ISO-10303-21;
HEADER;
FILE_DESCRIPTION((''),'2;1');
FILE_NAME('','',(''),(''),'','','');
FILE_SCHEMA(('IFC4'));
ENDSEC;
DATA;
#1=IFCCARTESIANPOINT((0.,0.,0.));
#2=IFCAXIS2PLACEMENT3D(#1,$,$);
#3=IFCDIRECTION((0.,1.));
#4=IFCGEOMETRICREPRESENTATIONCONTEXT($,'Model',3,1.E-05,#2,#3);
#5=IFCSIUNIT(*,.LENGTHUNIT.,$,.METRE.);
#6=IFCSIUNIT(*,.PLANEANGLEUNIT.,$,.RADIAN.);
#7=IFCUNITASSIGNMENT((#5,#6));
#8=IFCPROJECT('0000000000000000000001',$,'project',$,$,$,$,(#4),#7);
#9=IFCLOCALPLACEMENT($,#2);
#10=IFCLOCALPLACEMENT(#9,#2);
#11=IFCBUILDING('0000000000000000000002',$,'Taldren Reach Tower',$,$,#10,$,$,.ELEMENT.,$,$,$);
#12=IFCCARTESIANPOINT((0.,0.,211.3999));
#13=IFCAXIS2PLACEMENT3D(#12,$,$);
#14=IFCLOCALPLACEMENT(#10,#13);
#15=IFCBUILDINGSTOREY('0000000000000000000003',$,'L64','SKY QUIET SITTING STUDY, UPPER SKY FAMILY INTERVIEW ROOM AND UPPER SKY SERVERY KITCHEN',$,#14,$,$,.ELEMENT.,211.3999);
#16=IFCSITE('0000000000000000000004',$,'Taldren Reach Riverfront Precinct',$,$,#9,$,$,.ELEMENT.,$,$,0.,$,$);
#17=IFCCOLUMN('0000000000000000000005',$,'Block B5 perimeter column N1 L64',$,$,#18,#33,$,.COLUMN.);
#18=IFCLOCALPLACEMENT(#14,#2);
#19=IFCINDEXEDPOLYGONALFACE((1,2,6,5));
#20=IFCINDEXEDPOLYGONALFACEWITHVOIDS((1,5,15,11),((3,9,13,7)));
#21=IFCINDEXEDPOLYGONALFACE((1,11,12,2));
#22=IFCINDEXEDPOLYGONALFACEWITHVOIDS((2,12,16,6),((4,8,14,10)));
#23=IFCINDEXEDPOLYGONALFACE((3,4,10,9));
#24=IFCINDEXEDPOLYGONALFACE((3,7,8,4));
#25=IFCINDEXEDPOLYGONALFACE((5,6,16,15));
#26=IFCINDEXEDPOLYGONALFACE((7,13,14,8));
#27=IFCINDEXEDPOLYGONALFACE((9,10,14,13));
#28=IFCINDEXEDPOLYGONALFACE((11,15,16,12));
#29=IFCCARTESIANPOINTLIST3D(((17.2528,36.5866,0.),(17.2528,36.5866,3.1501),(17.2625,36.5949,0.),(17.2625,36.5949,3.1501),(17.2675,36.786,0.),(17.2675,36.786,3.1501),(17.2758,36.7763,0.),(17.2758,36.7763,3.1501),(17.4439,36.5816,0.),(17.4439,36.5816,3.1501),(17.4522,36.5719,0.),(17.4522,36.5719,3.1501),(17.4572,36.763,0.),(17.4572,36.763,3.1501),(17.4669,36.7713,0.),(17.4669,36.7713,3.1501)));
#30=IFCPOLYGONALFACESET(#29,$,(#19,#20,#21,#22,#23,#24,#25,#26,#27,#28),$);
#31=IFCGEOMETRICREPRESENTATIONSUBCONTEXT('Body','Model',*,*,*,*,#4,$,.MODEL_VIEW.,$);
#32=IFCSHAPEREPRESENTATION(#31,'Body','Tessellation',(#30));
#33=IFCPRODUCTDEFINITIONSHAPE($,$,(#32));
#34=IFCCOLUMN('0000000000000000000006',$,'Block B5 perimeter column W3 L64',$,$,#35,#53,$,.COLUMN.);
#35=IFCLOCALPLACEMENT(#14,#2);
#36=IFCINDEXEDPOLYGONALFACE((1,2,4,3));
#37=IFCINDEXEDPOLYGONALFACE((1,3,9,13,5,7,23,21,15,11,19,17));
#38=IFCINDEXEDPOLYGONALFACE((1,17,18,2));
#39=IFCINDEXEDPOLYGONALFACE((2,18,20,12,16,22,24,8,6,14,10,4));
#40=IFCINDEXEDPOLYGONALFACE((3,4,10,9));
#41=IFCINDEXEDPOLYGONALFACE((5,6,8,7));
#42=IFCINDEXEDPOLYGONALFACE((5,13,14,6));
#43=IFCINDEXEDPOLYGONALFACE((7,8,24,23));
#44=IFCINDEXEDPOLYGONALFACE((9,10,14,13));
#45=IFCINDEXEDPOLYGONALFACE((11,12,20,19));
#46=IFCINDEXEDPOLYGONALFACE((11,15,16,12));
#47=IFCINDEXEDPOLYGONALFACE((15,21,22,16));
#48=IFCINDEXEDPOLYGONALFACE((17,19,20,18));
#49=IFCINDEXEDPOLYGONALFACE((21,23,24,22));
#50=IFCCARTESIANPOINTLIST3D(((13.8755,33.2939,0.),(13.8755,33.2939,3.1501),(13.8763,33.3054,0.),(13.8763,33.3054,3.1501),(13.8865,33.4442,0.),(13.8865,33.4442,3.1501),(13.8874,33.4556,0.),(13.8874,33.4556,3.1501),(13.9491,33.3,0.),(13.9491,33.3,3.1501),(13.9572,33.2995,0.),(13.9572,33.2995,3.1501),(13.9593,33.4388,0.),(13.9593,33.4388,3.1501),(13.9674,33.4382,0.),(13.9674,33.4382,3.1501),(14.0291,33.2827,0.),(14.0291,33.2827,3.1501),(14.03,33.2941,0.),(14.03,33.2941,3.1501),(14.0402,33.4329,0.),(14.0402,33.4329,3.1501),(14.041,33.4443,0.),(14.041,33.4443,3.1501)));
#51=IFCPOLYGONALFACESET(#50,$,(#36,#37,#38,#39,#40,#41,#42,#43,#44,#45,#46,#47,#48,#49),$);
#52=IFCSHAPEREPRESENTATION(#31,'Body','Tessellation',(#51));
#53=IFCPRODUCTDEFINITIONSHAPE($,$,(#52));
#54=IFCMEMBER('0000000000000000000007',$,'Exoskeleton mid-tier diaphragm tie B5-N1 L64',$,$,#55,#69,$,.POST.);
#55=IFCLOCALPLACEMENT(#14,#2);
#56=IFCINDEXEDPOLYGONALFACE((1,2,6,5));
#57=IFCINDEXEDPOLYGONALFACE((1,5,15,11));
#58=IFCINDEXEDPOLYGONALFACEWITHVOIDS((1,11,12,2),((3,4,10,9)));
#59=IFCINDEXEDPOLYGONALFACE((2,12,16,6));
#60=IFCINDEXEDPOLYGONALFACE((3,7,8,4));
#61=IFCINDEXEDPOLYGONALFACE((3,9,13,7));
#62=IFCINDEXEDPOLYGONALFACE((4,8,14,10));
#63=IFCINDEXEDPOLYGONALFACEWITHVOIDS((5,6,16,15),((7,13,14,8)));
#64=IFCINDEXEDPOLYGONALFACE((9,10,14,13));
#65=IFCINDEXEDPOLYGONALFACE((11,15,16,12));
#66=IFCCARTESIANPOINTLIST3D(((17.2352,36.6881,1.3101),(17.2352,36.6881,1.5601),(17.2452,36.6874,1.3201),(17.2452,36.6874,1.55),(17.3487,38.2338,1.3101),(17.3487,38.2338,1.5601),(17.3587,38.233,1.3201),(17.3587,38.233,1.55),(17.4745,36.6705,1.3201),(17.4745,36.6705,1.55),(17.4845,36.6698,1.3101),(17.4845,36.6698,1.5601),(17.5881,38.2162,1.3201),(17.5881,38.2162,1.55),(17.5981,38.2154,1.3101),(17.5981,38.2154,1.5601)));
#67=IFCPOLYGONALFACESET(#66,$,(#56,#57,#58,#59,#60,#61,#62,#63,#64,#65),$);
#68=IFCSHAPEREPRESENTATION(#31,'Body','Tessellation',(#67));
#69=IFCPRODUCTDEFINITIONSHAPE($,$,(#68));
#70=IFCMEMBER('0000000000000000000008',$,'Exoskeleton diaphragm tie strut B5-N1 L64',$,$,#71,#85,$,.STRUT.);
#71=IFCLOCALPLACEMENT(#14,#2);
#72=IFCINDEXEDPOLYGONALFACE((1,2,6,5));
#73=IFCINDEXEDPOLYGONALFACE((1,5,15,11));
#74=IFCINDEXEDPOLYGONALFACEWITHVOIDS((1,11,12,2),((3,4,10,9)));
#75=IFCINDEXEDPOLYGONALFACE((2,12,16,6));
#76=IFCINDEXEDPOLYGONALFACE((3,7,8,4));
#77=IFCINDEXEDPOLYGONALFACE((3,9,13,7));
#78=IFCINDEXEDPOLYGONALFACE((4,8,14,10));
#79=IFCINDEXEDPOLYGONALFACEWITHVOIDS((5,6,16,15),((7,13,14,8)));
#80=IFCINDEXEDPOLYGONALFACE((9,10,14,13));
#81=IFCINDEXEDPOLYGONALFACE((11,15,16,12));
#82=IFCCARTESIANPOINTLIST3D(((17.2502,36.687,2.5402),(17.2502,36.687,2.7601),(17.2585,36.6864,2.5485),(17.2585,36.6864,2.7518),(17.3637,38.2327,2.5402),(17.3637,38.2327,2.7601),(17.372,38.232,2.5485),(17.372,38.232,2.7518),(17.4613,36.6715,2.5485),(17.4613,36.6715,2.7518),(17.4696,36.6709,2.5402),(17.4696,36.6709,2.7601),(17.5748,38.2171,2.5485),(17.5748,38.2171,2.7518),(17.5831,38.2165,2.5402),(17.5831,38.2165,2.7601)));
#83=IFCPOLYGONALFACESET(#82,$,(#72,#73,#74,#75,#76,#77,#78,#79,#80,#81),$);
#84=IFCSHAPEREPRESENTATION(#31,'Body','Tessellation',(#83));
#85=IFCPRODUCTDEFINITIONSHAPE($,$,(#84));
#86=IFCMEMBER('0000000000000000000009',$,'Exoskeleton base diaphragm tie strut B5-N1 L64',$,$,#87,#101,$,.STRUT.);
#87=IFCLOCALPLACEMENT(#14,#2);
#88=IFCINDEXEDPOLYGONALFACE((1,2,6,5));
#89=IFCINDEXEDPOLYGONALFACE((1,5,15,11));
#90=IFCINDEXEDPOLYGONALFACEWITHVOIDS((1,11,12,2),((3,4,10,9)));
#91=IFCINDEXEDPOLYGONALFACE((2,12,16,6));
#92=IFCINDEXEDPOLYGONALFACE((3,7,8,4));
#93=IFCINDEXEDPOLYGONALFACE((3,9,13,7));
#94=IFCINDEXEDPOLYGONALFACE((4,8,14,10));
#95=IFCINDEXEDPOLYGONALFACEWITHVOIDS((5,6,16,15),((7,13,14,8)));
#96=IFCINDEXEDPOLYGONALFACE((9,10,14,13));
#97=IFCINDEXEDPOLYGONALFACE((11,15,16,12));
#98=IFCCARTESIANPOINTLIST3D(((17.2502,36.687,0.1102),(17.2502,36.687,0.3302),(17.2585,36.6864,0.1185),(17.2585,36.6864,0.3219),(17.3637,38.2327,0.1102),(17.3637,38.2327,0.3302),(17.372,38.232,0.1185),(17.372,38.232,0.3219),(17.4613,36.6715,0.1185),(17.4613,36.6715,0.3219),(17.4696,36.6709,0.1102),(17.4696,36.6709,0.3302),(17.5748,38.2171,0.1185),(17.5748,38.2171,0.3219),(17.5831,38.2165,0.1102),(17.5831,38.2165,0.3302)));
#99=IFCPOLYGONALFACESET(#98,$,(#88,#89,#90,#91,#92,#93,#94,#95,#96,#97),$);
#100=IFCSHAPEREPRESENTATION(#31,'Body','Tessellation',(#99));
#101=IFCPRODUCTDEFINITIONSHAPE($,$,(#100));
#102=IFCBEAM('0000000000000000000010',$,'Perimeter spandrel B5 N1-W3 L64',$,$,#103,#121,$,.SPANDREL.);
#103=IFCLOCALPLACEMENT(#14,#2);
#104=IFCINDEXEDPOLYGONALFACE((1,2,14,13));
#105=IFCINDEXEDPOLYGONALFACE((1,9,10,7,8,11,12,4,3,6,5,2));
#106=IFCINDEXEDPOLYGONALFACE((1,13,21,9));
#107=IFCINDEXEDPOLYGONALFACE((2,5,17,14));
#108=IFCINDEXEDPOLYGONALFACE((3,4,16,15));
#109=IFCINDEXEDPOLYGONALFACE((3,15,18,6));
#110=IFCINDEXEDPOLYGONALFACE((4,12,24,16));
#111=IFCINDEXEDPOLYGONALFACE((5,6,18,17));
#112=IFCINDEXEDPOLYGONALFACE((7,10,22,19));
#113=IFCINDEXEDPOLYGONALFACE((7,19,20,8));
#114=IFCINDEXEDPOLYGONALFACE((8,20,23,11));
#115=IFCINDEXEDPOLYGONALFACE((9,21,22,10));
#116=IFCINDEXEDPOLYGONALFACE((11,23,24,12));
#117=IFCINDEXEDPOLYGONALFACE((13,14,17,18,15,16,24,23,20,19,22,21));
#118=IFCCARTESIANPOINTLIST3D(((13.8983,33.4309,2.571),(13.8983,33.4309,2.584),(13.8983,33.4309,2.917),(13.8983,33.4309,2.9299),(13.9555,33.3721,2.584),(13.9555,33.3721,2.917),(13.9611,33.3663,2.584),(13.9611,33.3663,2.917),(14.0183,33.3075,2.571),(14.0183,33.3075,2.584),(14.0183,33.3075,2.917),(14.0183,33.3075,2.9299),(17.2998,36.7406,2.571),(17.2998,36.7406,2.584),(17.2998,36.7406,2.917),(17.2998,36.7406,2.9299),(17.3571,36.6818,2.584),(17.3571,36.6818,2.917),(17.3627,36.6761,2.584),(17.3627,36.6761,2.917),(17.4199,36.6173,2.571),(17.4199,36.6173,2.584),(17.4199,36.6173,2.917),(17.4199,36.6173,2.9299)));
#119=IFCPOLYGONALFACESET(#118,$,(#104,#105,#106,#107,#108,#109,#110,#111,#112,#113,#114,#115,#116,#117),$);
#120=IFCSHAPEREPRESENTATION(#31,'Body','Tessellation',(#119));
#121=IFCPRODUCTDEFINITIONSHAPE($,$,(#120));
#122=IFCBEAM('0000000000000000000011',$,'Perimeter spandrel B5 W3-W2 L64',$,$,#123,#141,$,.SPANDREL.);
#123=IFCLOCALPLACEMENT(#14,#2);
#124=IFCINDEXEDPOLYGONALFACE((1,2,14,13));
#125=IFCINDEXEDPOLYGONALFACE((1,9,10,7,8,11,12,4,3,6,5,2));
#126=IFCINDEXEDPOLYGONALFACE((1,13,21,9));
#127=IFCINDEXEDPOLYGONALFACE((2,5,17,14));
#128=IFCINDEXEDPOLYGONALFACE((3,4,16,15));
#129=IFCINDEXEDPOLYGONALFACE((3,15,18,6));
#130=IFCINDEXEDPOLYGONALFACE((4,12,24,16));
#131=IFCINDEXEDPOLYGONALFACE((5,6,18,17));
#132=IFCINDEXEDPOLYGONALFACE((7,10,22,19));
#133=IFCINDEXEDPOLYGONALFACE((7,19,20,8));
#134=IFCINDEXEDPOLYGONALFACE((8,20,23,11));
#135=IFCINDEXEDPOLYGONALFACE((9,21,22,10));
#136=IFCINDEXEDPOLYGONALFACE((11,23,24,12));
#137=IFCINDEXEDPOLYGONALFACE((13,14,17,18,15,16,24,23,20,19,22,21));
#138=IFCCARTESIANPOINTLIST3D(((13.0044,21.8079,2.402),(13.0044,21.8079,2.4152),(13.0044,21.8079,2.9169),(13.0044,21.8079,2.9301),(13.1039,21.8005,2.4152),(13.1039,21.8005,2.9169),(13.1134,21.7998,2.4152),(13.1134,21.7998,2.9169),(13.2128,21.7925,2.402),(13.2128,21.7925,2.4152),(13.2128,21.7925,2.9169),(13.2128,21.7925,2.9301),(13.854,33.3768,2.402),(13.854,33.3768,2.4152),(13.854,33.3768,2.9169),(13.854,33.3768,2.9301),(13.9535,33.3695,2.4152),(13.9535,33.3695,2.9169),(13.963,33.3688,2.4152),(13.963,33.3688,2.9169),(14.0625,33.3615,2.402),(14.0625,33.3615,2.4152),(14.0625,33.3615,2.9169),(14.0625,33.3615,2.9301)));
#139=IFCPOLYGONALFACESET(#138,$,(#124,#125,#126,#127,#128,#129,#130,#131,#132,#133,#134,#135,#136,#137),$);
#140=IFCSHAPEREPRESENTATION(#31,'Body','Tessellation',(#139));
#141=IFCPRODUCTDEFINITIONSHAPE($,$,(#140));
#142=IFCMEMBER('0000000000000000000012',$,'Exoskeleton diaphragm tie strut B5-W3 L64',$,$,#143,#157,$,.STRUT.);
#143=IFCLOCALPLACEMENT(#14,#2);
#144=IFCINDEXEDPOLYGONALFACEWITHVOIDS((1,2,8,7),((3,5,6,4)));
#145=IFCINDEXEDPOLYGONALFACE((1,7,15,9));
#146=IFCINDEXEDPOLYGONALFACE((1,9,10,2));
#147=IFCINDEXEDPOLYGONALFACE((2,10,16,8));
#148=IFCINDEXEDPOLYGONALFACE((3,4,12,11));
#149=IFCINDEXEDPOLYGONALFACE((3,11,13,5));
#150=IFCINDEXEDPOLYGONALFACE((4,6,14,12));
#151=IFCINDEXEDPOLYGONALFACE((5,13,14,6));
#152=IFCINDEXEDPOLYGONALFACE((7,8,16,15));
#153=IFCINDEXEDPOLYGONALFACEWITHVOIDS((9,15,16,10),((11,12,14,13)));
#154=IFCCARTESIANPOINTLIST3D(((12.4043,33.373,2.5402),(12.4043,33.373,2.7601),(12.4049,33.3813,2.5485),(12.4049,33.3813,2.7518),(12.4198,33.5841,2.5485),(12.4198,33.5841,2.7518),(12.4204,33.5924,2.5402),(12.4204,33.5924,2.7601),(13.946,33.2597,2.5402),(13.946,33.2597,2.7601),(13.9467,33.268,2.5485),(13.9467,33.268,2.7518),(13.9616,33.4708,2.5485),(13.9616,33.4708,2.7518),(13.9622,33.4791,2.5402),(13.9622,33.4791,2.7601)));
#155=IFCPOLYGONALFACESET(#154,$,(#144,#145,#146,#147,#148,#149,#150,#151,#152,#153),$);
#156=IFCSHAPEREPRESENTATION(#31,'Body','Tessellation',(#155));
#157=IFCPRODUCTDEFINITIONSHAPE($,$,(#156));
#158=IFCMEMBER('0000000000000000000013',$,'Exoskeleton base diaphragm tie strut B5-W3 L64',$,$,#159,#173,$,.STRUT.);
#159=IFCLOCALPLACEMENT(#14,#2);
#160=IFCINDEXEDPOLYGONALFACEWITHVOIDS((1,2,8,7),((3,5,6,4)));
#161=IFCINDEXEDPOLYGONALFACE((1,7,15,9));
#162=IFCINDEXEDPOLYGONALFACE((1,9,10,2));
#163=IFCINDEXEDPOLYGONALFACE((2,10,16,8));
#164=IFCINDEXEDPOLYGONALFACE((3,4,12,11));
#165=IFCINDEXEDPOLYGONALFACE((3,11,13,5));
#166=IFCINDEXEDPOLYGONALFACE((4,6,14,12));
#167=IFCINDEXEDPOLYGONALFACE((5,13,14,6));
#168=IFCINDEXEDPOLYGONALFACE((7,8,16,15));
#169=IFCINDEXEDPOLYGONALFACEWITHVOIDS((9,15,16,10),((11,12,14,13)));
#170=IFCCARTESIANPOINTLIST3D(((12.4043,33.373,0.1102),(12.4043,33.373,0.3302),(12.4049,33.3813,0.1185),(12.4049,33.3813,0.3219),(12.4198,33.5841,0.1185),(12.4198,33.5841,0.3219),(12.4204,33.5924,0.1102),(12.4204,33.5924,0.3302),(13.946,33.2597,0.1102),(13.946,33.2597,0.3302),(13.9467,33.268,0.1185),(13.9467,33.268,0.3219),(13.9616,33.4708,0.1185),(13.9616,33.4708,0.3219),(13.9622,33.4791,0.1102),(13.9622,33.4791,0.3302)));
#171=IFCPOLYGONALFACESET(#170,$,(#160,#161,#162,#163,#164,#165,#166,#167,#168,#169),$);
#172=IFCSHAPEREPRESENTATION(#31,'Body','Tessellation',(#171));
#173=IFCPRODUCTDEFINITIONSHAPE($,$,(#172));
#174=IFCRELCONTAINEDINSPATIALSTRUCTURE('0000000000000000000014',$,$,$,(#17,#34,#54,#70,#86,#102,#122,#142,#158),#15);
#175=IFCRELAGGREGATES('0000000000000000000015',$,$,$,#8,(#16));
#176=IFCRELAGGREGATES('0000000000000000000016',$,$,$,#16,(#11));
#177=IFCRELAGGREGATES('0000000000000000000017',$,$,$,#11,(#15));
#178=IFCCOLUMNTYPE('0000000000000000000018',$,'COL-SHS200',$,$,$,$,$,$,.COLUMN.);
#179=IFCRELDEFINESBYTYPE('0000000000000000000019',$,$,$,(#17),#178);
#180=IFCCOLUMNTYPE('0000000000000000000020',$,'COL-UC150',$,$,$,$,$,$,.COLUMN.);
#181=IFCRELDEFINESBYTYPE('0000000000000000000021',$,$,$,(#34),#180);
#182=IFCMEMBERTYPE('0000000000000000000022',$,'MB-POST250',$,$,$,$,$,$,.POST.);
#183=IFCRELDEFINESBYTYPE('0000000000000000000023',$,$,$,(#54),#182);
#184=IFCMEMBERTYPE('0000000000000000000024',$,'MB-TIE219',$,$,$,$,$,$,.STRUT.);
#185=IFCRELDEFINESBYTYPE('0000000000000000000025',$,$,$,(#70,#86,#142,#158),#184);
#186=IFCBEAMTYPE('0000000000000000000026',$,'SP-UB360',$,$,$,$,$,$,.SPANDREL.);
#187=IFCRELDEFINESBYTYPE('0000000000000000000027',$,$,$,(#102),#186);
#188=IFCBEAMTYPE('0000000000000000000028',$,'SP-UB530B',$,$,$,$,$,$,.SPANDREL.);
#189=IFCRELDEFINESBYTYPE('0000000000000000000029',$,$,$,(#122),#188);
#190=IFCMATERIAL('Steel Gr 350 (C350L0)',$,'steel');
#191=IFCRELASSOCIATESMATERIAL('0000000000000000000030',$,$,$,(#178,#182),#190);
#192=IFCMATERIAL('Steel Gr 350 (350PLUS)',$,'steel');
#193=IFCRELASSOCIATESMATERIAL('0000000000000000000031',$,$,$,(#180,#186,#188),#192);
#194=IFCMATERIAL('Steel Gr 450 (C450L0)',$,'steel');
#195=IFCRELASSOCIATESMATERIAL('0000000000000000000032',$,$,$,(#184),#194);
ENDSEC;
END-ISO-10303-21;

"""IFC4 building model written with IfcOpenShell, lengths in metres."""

from ifc_helpers import new_model, si_unit, direction, frame, origin, origin_2d, place, context, subcontext, project, spatial, hollow_rectangle, i_section, extrude, source, transform, mapped, material, material_profile, profile_set, type_object, element, save


model = new_model("IFC4")

# Units and contexts
model_context = context("Model", 3, precision=1e-05, world=origin(), true_north=direction((0.0, 1.0)))
body_context = subcontext(model_context, "Body", "Model", "MODEL_VIEW")
ifc_project = project(units=[si_unit("LENGTHUNIT", "METRE"), si_unit("PLANEANGLEUNIT", "RADIAN")], contexts=[model_context])

# Site, building, storey
site_placement = place(None, origin())
site = spatial("IfcSite", under=ifc_project, at=site_placement, Name="Taldren Reach Riverfront Precinct", CompositionType="ELEMENT", RefElevation=0.0)
building_placement = place(site_placement, origin())
building = spatial("IfcBuilding", under=site, at=building_placement, Name="Taldren Reach Tower", CompositionType="ELEMENT")
storey_placement = place(building_placement, frame((0.0, 0.0, 211.3999)))
storey = spatial("IfcBuildingStorey", under=building, at=storey_placement, Name="L64", Description="SKY QUIET SITTING STUDY, UPPER SKY FAMILY INTERVIEW ROOM AND UPPER SKY SERVERY KITCHEN", CompositionType="ELEMENT", Elevation=211.3999)

# Columns
ifc_material_1 = material(Name="Steel Gr 350 (C350L0)", Category="steel")
ifc_material_profile_1 = material_profile(ifc_material_1, hollow_rectangle(XDim=0.2, YDim=0.2, WallThickness=0.009, at=origin_2d()), Name="200x200x9.0SHS")
ifc_profile_set_1 = profile_set([ifc_material_profile_1], Name="Steel Gr 350 (C350L0)")
column_type_1 = type_object("IfcColumnType", Name="COL-SHS200", PredefinedType="COLUMN", material=ifc_profile_set_1)
shared_shape_1 = source(origin(), body_context, "Body", "SweptSolid", [
    extrude(hollow_rectangle(XDim=0.2, YDim=0.2, WallThickness=0.009, at=origin_2d()), origin(), (0.0, 0.0, 1.0), 3.1501),
])
column_1_placement = place(storey_placement, frame((17.3599, 36.679, 0.0), z_axis=(0.0, 0.0, 1.0), x_axis=(0.997314, -0.073238, 0.0)))
element("IfcColumn", 1, at=column_1_placement, inside=storey, type_object=column_type_1, Name="Block B5 perimeter column N1 L64", PredefinedType="COLUMN", context=body_context, shape_type="MappedRepresentation", body=[
    mapped(shared_shape_1, transform((0.0, 0.0, 0.0), scale=1.0)),
])
ifc_material_2 = material(Name="Steel Gr 350 (350PLUS)", Category="steel")
ifc_material_profile_2 = material_profile(ifc_material_2, i_section(OverallWidth=0.1541, OverallDepth=0.1621, WebThickness=0.0081, FlangeThickness=0.0115, at=origin_2d()), Name="150UC37.2")
ifc_profile_set_2 = profile_set([ifc_material_profile_2], Name="Steel Gr 350 (350PLUS)")
column_type_2 = type_object("IfcColumnType", Name="COL-UC150", PredefinedType="COLUMN", material=ifc_profile_set_2)
shared_shape_2 = source(origin(), body_context, "Body", "SweptSolid", [
    extrude(i_section(OverallWidth=0.1541, OverallDepth=0.1621, WebThickness=0.0081, FlangeThickness=0.0115, at=origin_2d()), origin(), (0.0, 0.0, 1.0), 3.1501),
])
column_2_placement = place(storey_placement, frame((13.9583, 33.3691, 0.0), z_axis=(0.0, 0.0, 1.0), x_axis=(0.997314, -0.073238, 0.0)))
element("IfcColumn", 2, at=column_2_placement, inside=storey, type_object=column_type_2, Name="Block B5 perimeter column W3 L64", PredefinedType="COLUMN", context=body_context, shape_type="MappedRepresentation", body=[
    mapped(shared_shape_2, transform((0.0, 0.0, 0.0), scale=1.0)),
])

# Members
ifc_material_profile_3 = material_profile(ifc_material_1, hollow_rectangle(XDim=0.25, YDim=0.25, WallThickness=0.01, at=origin_2d()), Name="250x250x10.0SHS")
ifc_profile_set_3 = profile_set([ifc_material_profile_3], Name="Steel Gr 350 (C350L0)")
member_type_1 = type_object("IfcMemberType", Name="MB-POST250", PredefinedType="POST", material=ifc_profile_set_3)
shared_shape_3 = source(origin(), body_context, "Body", "SweptSolid", [
    extrude(hollow_rectangle(XDim=0.25, YDim=0.25, WallThickness=0.01, at=origin_2d()), origin(), (0.0, 0.0, 1.0), 1.5498),
])
member_1_placement = place(storey_placement, frame((17.3599, 36.679, 1.4351), z_axis=(0.073251, 0.997314, 0.0), x_axis=(-0.997314, 0.073251, 0.0)))
element("IfcMember", 3, at=member_1_placement, inside=storey, type_object=member_type_1, Name="Exoskeleton mid-tier diaphragm tie B5-N1 L64", PredefinedType="POST", context=body_context, shape_type="MappedRepresentation", body=[
    mapped(shared_shape_3, transform((0.0, 0.0, 0.0), scale=1.0)),
])
ifc_material_3 = material(Name="Steel Gr 450 (C450L0)", Category="steel")
ifc_material_profile_4 = material_profile(ifc_material_3, hollow_rectangle(XDim=0.22, YDim=0.22, WallThickness=0.0083, at=origin_2d()), Name="220x220x8.2SHS")
ifc_profile_set_4 = profile_set([ifc_material_profile_4], Name="Steel Gr 450 (C450L0)")
member_type_2 = type_object("IfcMemberType", Name="MB-TIE219", PredefinedType="STRUT", material=ifc_profile_set_4)
shared_shape_4 = source(origin(), body_context, "Body", "SweptSolid", [
    extrude(hollow_rectangle(XDim=0.22, YDim=0.22, WallThickness=0.0083, at=origin_2d()), origin(), (0.0, 0.0, 1.0), 1.5498),
])
for number, where, z_axis, x_axis, name in (
    (4, (17.3599, 36.679, 2.6501), (0.073251, 0.997314, 0.0), (-0.997314, 0.073251, 0.0), "Exoskeleton diaphragm tie strut B5-N1 L64"),
    (5, (17.3599, 36.679, 0.2202), (0.073251, 0.997314, 0.0), (-0.997314, 0.073251, 0.0), "Exoskeleton base diaphragm tie strut B5-N1 L64"),
):
    element("IfcMember", number, at=place(storey_placement, frame(where, z_axis=z_axis, x_axis=x_axis)), inside=storey, type_object=member_type_2, Name=name, PredefinedType="STRUT", context=body_context, shape_type="MappedRepresentation", body=[
        mapped(shared_shape_4, transform((0.0, 0.0, 0.0), scale=1.0)),
    ])

# Beams
ifc_material_profile_5 = material_profile(ifc_material_2, i_section(OverallWidth=0.1721, OverallDepth=0.3589, WebThickness=0.0081, FlangeThickness=0.0129, at=origin_2d()), Name="360UB56.7")
ifc_profile_set_5 = profile_set([ifc_material_profile_5], Name="Steel Gr 350 (350PLUS)")
beam_type_1 = type_object("IfcBeamType", Name="SP-UB360", PredefinedType="SPANDREL", material=ifc_profile_set_5)
shared_shape_5 = source(origin(), body_context, "Body", "SweptSolid", [
    extrude(i_section(OverallWidth=0.1721, OverallDepth=0.3589, WebThickness=0.0081, FlangeThickness=0.0129, at=origin_2d()), origin(), (0.0, 0.0, 1.0), 4.7461),
])
beam_1_placement = place(storey_placement, frame((17.3599, 36.679, 2.7505), z_axis=(-0.716711, -0.69737, 0.0), x_axis=(0.69737, -0.716711, 0.0)))
element("IfcBeam", 6, at=beam_1_placement, inside=storey, type_object=beam_type_1, Name="Perimeter spandrel B5 N1-W3 L64", PredefinedType="SPANDREL", context=body_context, shape_type="MappedRepresentation", body=[
    mapped(shared_shape_5, transform((0.0, 0.0, 0.0), scale=1.0)),
])
ifc_material_profile_6 = material_profile(ifc_material_2, i_section(OverallWidth=0.209, OverallDepth=0.5281, WebThickness=0.0095, FlangeThickness=0.0132, at=origin_2d()), Name="530UB82.0")
ifc_profile_set_6 = profile_set([ifc_material_profile_6], Name="Steel Gr 350 (350PLUS)")
beam_type_2 = type_object("IfcBeamType", Name="SP-UB530B", PredefinedType="SPANDREL", material=ifc_profile_set_6)
shared_shape_6 = source(origin(), body_context, "Body", "SweptSolid", [
    extrude(i_section(OverallWidth=0.209, OverallDepth=0.5281, WebThickness=0.0095, FlangeThickness=0.0132, at=origin_2d()), origin(), (0.0, 0.0, 1.0), 11.6001),
])
beam_2_placement = place(storey_placement, frame((13.9583, 33.3691, 2.666), z_axis=(-0.073242, -0.997314, 0.0), x_axis=(0.997314, -0.073242, 0.0)))
element("IfcBeam", 7, at=beam_2_placement, inside=storey, type_object=beam_type_2, Name="Perimeter spandrel B5 W3-W2 L64", PredefinedType="SPANDREL", context=body_context, shape_type="MappedRepresentation", body=[
    mapped(shared_shape_6, transform((0.0, 0.0, 0.0), scale=1.0)),
])

# Members
shared_shape_7 = source(origin(), body_context, "Body", "SweptSolid", [
    extrude(hollow_rectangle(XDim=0.22, YDim=0.22, WallThickness=0.0083, at=origin_2d()), origin(), (0.0, 0.0, 1.0), 1.5459),
])
for number, where, z_axis, x_axis, name in (
    (8, (13.9541, 33.3694, 2.6501), (-0.997312, 0.073278, 0.0), (-0.073278, -0.997312, 0.0), "Exoskeleton diaphragm tie strut B5-W3 L64"),
    (9, (13.9541, 33.3694, 0.2202), (-0.997312, 0.073278, 0.0), (-0.073278, -0.997312, 0.0), "Exoskeleton base diaphragm tie strut B5-W3 L64"),
):
    element("IfcMember", number, at=place(storey_placement, frame(where, z_axis=z_axis, x_axis=x_axis)), inside=storey, type_object=member_type_2, Name=name, PredefinedType="STRUT", context=body_context, shape_type="MappedRepresentation", body=[
        mapped(shared_shape_7, transform((0.0, 0.0, 0.0), scale=1.0)),
    ])

save(model, "model.ifc")
